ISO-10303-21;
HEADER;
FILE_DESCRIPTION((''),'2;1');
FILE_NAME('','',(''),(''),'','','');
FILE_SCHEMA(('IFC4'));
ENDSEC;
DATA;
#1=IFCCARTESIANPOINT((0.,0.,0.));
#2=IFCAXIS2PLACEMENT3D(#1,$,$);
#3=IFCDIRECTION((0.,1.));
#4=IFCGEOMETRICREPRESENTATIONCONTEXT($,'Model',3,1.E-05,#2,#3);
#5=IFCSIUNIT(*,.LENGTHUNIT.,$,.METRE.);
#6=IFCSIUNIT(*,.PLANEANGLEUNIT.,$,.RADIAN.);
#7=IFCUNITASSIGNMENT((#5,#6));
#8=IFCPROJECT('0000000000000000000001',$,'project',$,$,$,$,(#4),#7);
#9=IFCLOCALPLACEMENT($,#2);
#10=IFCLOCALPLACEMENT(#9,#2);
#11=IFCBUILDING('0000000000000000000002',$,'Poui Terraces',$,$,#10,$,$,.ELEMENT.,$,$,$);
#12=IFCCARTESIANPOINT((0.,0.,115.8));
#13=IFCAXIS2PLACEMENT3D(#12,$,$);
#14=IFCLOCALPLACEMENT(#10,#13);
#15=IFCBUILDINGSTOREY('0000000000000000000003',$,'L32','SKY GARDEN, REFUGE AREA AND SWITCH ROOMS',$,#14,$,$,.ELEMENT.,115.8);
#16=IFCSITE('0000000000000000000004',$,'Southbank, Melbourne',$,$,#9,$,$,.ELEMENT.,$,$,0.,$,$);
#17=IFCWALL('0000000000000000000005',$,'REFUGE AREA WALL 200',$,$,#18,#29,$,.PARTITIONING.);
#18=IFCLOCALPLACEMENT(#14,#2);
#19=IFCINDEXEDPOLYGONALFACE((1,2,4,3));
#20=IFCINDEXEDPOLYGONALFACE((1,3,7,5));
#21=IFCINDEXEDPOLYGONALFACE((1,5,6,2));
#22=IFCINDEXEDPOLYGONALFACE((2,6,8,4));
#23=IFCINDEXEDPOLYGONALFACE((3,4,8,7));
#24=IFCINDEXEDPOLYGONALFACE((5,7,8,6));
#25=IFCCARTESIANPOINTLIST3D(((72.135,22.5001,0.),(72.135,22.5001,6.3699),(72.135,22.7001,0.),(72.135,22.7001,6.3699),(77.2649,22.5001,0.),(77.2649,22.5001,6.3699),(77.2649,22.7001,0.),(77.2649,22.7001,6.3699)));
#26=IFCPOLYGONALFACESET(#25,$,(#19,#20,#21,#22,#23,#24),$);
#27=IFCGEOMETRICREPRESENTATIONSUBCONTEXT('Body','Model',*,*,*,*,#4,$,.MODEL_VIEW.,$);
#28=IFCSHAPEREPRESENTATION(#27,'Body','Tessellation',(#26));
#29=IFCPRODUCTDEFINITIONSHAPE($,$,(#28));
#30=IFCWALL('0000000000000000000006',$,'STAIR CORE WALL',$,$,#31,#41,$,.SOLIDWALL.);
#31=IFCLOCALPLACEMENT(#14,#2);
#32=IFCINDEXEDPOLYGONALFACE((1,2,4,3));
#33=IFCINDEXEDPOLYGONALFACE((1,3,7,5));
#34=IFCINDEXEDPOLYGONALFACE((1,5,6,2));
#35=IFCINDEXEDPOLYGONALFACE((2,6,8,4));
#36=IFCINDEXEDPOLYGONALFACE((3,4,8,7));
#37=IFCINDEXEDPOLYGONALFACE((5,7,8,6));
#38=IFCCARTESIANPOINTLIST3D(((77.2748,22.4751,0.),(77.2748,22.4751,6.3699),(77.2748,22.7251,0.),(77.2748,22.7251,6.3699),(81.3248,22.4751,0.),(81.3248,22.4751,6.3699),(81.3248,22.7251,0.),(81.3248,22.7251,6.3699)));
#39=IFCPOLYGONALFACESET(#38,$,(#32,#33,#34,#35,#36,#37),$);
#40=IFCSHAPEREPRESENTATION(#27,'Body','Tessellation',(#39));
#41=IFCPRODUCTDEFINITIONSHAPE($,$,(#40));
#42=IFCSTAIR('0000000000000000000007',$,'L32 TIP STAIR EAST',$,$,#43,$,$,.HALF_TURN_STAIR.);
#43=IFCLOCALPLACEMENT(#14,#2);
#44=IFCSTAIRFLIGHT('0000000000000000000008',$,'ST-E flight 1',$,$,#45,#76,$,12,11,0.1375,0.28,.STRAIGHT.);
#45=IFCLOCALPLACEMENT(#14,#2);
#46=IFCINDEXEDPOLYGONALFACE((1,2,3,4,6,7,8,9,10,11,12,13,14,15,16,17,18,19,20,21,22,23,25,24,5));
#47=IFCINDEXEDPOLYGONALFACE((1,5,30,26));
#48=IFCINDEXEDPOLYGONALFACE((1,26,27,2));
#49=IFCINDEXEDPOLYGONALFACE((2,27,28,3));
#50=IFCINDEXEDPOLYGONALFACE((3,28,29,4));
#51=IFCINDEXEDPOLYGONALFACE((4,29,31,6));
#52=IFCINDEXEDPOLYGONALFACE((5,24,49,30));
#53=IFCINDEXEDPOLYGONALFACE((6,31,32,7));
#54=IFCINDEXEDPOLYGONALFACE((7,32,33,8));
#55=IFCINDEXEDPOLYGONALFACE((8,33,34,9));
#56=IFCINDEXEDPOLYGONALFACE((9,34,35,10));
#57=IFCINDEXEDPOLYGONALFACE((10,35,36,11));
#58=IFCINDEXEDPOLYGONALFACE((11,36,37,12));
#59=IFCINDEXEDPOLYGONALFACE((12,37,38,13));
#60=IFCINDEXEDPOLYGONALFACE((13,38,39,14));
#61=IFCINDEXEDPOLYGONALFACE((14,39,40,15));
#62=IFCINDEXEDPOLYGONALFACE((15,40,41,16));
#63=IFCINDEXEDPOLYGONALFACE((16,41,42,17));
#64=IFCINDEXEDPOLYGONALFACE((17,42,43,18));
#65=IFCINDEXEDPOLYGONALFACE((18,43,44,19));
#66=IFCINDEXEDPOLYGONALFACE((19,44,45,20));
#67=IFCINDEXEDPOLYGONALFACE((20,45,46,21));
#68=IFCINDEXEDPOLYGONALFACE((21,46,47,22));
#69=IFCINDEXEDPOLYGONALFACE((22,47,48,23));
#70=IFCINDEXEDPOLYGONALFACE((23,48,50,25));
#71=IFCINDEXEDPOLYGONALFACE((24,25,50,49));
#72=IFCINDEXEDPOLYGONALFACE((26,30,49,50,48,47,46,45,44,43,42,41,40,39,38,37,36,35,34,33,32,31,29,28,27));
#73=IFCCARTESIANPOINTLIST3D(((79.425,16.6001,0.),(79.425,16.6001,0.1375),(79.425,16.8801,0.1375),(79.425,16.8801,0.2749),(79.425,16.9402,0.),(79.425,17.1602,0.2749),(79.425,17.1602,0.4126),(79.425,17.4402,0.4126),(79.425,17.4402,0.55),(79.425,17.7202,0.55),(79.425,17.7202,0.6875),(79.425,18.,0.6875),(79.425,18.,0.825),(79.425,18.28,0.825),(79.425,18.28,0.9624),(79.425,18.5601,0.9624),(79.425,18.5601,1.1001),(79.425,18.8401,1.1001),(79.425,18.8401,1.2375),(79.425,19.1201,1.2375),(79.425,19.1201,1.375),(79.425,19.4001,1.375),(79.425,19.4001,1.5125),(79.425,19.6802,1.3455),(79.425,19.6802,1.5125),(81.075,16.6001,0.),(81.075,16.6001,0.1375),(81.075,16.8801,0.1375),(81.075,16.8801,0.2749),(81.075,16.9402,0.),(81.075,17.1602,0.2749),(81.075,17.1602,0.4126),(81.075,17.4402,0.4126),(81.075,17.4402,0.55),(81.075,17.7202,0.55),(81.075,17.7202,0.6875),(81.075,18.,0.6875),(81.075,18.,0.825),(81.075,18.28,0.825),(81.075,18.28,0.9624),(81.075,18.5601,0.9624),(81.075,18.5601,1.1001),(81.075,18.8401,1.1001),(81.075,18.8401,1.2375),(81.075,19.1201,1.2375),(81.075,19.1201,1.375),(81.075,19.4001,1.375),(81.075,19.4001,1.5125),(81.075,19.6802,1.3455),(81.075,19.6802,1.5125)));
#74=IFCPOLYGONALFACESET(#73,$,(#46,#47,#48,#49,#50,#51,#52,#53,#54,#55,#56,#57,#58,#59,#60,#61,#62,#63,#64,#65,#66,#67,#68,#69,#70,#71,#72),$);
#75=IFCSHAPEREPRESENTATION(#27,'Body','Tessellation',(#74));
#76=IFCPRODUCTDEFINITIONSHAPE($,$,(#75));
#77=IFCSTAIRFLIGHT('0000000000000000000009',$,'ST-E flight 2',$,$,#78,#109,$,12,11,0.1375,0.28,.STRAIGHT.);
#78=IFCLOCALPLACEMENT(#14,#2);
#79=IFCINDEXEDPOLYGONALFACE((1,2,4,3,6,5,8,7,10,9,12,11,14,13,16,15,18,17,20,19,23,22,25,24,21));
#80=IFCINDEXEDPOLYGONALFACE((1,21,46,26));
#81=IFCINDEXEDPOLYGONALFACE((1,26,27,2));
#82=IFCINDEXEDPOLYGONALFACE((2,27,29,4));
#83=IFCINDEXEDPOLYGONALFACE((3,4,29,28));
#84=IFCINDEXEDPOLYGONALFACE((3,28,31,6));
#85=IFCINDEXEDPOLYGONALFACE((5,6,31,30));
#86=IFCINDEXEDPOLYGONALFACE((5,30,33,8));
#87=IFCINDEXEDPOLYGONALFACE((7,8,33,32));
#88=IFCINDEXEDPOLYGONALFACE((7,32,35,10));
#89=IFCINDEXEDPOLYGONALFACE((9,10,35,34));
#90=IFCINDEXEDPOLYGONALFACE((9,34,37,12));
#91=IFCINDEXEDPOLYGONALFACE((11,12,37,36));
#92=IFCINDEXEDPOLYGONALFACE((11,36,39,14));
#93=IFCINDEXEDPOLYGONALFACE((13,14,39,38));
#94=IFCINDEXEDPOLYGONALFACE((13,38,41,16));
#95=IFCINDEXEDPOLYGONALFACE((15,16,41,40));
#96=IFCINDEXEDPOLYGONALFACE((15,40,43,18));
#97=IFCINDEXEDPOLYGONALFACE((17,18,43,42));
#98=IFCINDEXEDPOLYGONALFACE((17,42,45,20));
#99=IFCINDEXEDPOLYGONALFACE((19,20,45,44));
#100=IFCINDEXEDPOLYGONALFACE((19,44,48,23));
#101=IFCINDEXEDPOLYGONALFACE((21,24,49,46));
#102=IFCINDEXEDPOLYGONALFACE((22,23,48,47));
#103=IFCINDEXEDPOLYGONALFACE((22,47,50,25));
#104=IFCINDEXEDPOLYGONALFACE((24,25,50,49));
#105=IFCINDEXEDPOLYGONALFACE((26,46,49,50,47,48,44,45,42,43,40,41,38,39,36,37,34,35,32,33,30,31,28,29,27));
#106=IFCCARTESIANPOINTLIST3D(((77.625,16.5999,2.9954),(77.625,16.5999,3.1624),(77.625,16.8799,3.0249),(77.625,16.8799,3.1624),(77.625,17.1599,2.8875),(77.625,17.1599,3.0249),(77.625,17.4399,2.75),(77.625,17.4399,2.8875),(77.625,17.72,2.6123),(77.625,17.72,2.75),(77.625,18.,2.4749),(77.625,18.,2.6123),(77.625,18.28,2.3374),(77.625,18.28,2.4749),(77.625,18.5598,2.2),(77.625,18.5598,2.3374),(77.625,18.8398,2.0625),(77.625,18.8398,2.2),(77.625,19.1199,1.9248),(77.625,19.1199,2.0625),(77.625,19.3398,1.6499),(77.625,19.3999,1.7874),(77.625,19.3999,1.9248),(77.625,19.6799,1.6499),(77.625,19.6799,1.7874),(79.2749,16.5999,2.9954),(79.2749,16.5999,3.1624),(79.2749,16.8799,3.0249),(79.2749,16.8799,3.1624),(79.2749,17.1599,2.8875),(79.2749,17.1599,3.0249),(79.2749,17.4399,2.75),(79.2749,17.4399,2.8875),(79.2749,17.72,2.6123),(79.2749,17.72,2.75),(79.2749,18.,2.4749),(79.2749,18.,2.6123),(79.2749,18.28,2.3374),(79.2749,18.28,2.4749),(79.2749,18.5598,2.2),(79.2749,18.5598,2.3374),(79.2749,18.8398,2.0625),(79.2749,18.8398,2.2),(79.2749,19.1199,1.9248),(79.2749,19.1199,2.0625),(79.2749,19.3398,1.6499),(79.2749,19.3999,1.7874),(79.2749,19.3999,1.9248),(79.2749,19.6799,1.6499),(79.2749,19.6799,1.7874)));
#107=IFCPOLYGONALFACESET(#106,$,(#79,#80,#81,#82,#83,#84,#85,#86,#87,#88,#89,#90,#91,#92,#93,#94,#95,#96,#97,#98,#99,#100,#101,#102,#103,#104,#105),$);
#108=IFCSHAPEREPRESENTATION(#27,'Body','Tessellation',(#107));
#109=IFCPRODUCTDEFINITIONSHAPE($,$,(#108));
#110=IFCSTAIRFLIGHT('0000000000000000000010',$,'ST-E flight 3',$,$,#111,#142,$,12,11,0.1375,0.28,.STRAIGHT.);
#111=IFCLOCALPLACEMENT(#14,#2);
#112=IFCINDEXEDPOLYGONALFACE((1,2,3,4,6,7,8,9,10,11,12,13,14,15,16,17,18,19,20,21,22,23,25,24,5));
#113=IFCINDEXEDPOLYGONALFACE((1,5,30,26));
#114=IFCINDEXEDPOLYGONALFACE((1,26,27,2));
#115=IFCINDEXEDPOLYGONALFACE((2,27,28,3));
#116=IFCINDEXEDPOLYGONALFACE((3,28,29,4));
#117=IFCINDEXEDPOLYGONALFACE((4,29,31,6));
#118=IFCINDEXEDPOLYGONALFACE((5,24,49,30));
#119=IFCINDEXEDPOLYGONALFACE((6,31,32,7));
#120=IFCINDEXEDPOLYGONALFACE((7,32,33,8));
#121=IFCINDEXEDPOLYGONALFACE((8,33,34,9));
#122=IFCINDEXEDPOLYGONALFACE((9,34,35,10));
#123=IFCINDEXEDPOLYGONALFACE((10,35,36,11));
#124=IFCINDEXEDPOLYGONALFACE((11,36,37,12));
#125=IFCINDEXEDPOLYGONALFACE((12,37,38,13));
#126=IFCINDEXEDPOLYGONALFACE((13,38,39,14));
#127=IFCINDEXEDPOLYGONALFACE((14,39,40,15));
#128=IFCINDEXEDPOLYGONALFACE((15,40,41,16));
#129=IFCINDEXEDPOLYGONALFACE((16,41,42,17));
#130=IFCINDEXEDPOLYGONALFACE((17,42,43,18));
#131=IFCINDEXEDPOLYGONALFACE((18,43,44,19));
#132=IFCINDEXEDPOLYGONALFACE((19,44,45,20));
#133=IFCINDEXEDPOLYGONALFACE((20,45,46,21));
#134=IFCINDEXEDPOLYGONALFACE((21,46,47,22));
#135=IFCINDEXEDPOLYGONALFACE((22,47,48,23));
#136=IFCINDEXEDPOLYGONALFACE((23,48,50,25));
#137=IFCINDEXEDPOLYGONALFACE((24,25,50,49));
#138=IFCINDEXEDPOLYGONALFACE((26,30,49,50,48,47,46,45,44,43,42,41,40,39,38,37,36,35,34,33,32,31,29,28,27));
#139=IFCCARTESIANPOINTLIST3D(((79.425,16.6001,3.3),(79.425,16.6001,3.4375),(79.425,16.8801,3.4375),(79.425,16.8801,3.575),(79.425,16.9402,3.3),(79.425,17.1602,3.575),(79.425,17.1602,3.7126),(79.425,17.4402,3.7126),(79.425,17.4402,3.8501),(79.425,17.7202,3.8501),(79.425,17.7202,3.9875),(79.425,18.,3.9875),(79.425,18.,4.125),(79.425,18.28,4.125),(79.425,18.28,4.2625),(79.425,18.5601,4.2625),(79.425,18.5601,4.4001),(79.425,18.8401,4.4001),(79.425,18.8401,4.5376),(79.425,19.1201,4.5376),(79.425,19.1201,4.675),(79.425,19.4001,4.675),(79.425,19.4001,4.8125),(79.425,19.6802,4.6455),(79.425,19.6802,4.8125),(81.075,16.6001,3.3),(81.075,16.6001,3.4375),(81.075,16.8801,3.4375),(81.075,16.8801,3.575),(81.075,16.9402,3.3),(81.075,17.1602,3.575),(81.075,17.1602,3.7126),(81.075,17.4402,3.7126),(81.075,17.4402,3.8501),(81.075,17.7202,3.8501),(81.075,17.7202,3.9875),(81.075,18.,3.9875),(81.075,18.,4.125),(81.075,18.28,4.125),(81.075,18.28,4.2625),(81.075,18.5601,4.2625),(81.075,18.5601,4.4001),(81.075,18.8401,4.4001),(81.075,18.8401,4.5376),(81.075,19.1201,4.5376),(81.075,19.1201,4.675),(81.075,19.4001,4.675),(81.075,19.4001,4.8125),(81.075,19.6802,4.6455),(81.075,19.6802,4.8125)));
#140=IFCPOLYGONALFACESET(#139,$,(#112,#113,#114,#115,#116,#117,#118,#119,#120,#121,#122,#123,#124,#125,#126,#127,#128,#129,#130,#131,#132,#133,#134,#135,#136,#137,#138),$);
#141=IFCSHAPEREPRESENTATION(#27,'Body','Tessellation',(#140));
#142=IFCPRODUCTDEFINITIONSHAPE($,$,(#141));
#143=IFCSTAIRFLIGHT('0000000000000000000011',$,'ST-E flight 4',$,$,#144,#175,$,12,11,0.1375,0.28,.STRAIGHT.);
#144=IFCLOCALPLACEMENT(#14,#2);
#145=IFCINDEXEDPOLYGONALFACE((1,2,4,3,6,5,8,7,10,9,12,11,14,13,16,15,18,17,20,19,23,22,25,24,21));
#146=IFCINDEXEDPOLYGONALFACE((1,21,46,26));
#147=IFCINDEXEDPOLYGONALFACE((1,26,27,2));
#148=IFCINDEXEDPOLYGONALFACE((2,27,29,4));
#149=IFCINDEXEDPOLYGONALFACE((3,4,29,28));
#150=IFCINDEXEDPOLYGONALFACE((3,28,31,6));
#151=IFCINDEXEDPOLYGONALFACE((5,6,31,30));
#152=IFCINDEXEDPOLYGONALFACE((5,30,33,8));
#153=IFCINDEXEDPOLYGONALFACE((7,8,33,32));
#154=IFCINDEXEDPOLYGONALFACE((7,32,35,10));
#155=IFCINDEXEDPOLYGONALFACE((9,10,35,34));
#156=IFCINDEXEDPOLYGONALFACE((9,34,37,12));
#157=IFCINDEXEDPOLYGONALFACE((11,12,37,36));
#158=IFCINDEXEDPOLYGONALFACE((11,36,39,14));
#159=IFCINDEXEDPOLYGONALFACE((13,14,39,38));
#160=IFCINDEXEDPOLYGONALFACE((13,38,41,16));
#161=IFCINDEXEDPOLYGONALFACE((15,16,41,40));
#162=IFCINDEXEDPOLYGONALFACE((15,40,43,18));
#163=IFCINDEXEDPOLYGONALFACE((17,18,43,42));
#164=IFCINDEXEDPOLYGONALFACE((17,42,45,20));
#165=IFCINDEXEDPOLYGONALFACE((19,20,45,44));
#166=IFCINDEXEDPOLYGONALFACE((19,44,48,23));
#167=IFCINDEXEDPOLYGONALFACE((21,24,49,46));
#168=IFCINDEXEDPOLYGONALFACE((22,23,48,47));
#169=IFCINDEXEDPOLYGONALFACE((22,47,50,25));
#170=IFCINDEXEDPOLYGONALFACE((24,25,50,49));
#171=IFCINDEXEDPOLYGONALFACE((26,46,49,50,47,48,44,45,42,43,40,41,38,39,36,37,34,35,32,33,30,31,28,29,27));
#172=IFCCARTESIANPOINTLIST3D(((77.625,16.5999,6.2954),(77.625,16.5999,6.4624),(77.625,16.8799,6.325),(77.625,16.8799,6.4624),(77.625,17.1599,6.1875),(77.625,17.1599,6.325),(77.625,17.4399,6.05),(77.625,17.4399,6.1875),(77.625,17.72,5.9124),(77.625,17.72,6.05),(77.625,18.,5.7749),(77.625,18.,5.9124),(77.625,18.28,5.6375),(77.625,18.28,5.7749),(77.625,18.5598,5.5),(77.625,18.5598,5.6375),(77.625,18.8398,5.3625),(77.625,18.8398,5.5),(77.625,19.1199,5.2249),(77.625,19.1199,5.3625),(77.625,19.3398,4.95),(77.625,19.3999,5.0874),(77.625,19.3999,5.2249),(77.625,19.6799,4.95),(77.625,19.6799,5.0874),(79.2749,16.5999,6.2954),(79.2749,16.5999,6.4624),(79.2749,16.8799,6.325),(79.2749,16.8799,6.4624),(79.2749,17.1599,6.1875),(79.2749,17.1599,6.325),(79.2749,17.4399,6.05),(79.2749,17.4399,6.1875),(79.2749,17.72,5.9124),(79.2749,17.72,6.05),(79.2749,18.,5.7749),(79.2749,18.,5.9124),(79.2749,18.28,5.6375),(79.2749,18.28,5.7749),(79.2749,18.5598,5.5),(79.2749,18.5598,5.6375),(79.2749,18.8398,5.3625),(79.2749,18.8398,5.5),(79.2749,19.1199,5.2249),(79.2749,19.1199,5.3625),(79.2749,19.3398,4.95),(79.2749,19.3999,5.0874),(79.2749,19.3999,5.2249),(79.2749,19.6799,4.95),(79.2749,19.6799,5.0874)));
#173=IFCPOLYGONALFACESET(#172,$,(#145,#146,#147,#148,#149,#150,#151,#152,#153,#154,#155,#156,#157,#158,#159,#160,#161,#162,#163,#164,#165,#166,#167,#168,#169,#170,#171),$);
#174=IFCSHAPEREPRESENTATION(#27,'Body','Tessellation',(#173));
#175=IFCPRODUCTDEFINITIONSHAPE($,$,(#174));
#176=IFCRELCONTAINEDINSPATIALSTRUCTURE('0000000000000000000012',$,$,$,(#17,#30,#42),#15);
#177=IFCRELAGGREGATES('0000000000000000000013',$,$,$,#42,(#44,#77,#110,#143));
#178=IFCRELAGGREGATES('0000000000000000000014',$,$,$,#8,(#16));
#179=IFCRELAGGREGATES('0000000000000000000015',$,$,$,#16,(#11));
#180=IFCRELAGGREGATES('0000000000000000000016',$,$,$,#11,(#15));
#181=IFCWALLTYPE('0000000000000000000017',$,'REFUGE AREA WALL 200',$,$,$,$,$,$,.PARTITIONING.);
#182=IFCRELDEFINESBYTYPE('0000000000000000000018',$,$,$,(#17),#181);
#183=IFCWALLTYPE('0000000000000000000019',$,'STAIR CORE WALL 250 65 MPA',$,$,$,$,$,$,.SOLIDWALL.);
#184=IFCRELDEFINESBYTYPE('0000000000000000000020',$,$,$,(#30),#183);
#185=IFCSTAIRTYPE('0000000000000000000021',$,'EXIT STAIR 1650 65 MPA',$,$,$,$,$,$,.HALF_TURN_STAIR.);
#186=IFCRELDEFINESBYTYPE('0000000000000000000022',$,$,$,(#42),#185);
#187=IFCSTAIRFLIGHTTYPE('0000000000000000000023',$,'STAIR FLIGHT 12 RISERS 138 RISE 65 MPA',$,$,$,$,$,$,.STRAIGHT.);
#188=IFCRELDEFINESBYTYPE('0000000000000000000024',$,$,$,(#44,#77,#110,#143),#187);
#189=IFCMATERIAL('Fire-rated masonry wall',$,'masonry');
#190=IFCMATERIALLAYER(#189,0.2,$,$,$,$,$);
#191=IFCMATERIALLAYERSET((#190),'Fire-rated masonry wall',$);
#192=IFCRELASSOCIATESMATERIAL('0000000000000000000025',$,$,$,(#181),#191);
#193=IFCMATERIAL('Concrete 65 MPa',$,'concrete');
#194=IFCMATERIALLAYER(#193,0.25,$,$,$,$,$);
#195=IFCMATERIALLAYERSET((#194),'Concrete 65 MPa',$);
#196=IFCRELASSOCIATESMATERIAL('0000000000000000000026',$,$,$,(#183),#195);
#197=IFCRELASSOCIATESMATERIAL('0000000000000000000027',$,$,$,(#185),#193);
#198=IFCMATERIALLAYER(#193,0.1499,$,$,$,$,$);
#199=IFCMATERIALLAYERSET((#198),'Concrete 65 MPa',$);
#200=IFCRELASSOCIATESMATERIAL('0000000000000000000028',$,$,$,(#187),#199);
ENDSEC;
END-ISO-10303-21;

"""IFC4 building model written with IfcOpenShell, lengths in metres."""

from ifc_helpers import new_model, si_unit, direction, frame, frame_2d, origin, place, context, subcontext, project, spatial, polyline, rectangle, outline, extrude, material, layer, layer_set, type_object, element, aggregate, save


model = new_model("IFC4")

# Units and contexts
model_context = context("Model", 3, precision=1e-05, world=origin(), true_north=direction((0.0, 1.0)))
body_context = subcontext(model_context, "Body", "Model", "MODEL_VIEW")
ifc_project = project(units=[si_unit("LENGTHUNIT", "METRE"), si_unit("PLANEANGLEUNIT", "RADIAN")], contexts=[model_context])

# Site, building, storey
site_placement = place(None, origin())
site = spatial("IfcSite", under=ifc_project, at=site_placement, Name="Southbank, Melbourne", CompositionType="ELEMENT", RefElevation=0.0)
building_placement = place(site_placement, origin())
building = spatial("IfcBuilding", under=site, at=building_placement, Name="Poui Terraces", CompositionType="ELEMENT")
storey_placement = place(building_placement, frame((0.0, 0.0, 115.8)))
storey = spatial("IfcBuildingStorey", under=building, at=storey_placement, Name="L32", Description="SKY GARDEN, REFUGE AREA AND SWITCH ROOMS", CompositionType="ELEMENT", Elevation=115.8)

# Walls
ifc_material_1 = material(Name="Fire-rated masonry wall", Category="masonry")
ifc_layer_1 = layer(ifc_material_1, 0.2)
ifc_layer_set_1 = layer_set([ifc_layer_1], Name="Fire-rated masonry wall")
wall_type_1 = type_object("IfcWallType", Name="REFUGE AREA WALL 200", PredefinedType="PARTITIONING", material=ifc_layer_set_1)
wall_1_placement = place(storey_placement, frame((72.135, 22.6001, 0.0), z_axis=(0.0, 0.0, 1.0), x_axis=(1.0, 0.0, 0.0)))
element("IfcWall", 1, at=wall_1_placement, inside=storey, type_object=wall_type_1, Name="REFUGE AREA WALL 200", PredefinedType="PARTITIONING", context=body_context, shape_type="SweptSolid", body=[
    extrude(rectangle(XDim=5.1299, YDim=0.2, at=frame_2d((2.5649, 0.0))), origin(), (0.0, 0.0, 1.0), 6.3699),
])
ifc_material_2 = material(Name="Concrete 65 MPa", Category="concrete")
ifc_layer_2 = layer(ifc_material_2, 0.25)
ifc_layer_set_2 = layer_set([ifc_layer_2], Name="Concrete 65 MPa")
wall_type_2 = type_object("IfcWallType", Name="STAIR CORE WALL 250 65 MPA", PredefinedType="SOLIDWALL", material=ifc_layer_set_2)
wall_2_placement = place(storey_placement, frame((77.2749, 22.6001, 0.0), z_axis=(0.0, 0.0, 1.0), x_axis=(1.0, 0.0, 0.0)))
element("IfcWall", 2, at=wall_2_placement, inside=storey, type_object=wall_type_2, Name="STAIR CORE WALL", PredefinedType="SOLIDWALL", context=body_context, shape_type="SweptSolid", body=[
    extrude(rectangle(XDim=4.05, YDim=0.25, at=frame_2d((2.0249, 0.0))), origin(), (0.0, 0.0, 1.0), 6.3699),
])

# Stair, stair flights
stair_type = type_object("IfcStairType", Name="EXIT STAIR 1650 65 MPA", PredefinedType="HALF_TURN_STAIR", material=ifc_material_2)
stair_placement = place(storey_placement, origin())
stair = element("IfcStair", 3, at=stair_placement, inside=storey, type_object=stair_type, Name="L32 TIP STAIR EAST", PredefinedType="HALF_TURN_STAIR")
ifc_layer_3 = layer(ifc_material_2, 0.1499)
ifc_layer_set_3 = layer_set([ifc_layer_3], Name="Concrete 65 MPa")
stair_flight_type = type_object("IfcStairFlightType", Name="STAIR FLIGHT 12 RISERS 138 RISE 65 MPA", PredefinedType="STRAIGHT", material=ifc_layer_set_3)
stair_flight_1_placement = place(storey_placement, frame((80.25, 16.6001, 0.0), z_axis=(0.0, 0.0, 1.0), x_axis=(0.0, 1.0, 0.0)))
stair_flight_1 = element("IfcStairFlight", 4, at=stair_flight_1_placement, type_object=stair_flight_type, Name="ST-E flight 1", NumberOfRisers=12, NumberOfTreads=11, PredefinedType="STRAIGHT", RiserHeight=0.1375, TreadLength=0.28, context=body_context, shape_type="SweptSolid", body=[
    extrude(outline(polyline([(0.0, 0.0), (0.0, 0.1375), (0.28, 0.1375), (0.28, 0.2749), (0.5601, 0.2749), (0.5601, 0.4126), (0.8401, 0.4126), (0.8401, 0.55), (1.1201, 0.55), (1.1201, 0.6875), (1.3999, 0.6875), (1.3999, 0.825), (1.6799, 0.825), (1.6799, 0.9624), (1.96, 0.9624), (1.96, 1.1001), (2.24, 1.1001), (2.24, 1.2375), (2.52, 1.2375), (2.52, 1.375), (2.8, 1.375), (2.8, 1.5125), (3.0801, 1.5125), (3.0801, 1.6499), (3.0801, 1.3455), (0.3401, 0.0), (0.0, 0.0)])), frame((0.0, 0.825, 0.0), z_axis=(0.0, -1.0, 0.0), x_axis=(1.0, 0.0, 0.0)), (0.0, 0.0, 1.0), 1.6499),
])
stair_flight_2_placement = place(storey_placement, frame((78.45, 19.6799, 1.6499), z_axis=(0.0, 0.0, 1.0), x_axis=(0.0, -1.0, 0.0)))
stair_flight_2 = element("IfcStairFlight", 5, at=stair_flight_2_placement, type_object=stair_flight_type, Name="ST-E flight 2", NumberOfRisers=12, NumberOfTreads=11, PredefinedType="STRAIGHT", RiserHeight=0.1375, TreadLength=0.28, context=body_context, shape_type="SweptSolid", body=[
    extrude(outline(polyline([(0.0, 0.0), (0.0, 0.1375), (0.28, 0.1375), (0.28, 0.2749), (0.5601, 0.2749), (0.5601, 0.4126), (0.8401, 0.4126), (0.8401, 0.55), (1.1201, 0.55), (1.1201, 0.6875), (1.3999, 0.6875), (1.3999, 0.825), (1.6799, 0.825), (1.6799, 0.9624), (1.96, 0.9624), (1.96, 1.1001), (2.24, 1.1001), (2.24, 1.2375), (2.52, 1.2375), (2.52, 1.375), (2.8, 1.375), (2.8, 1.5125), (3.0801, 1.5125), (3.0801, 1.6499), (3.0801, 1.3455), (0.3401, 0.0), (0.0, 0.0)])), frame((0.0, 0.825, 0.0), z_axis=(0.0, -1.0, 0.0), x_axis=(1.0, 0.0, 0.0)), (0.0, 0.0, 1.0), 1.6499),
])
stair_flight_3_placement = place(storey_placement, frame((80.25, 16.6001, 3.3), z_axis=(0.0, 0.0, 1.0), x_axis=(0.0, 1.0, 0.0)))
stair_flight_3 = element("IfcStairFlight", 6, at=stair_flight_3_placement, type_object=stair_flight_type, Name="ST-E flight 3", NumberOfRisers=12, NumberOfTreads=11, PredefinedType="STRAIGHT", RiserHeight=0.1375, TreadLength=0.28, context=body_context, shape_type="SweptSolid", body=[
    extrude(outline(polyline([(0.0, 0.0), (0.0, 0.1375), (0.28, 0.1375), (0.28, 0.2749), (0.5601, 0.2749), (0.5601, 0.4126), (0.8401, 0.4126), (0.8401, 0.55), (1.1201, 0.55), (1.1201, 0.6875), (1.3999, 0.6875), (1.3999, 0.825), (1.6799, 0.825), (1.6799, 0.9624), (1.96, 0.9624), (1.96, 1.1001), (2.24, 1.1001), (2.24, 1.2375), (2.52, 1.2375), (2.52, 1.375), (2.8, 1.375), (2.8, 1.5125), (3.0801, 1.5125), (3.0801, 1.6499), (3.0801, 1.3455), (0.3401, 0.0), (0.0, 0.0)])), frame((0.0, 0.825, 0.0), z_axis=(0.0, -1.0, 0.0), x_axis=(1.0, 0.0, 0.0)), (0.0, 0.0, 1.0), 1.6499),
])
stair_flight_4_placement = place(storey_placement, frame((78.45, 19.6799, 4.95), z_axis=(0.0, 0.0, 1.0), x_axis=(0.0, -1.0, 0.0)))
stair_flight_4 = element("IfcStairFlight", 7, at=stair_flight_4_placement, type_object=stair_flight_type, Name="ST-E flight 4", NumberOfRisers=12, NumberOfTreads=11, PredefinedType="STRAIGHT", RiserHeight=0.1375, TreadLength=0.28, context=body_context, shape_type="SweptSolid", body=[
    extrude(outline(polyline([(0.0, 0.0), (0.0, 0.1375), (0.28, 0.1375), (0.28, 0.2749), (0.5601, 0.2749), (0.5601, 0.4126), (0.8401, 0.4126), (0.8401, 0.55), (1.1201, 0.55), (1.1201, 0.6875), (1.3999, 0.6875), (1.3999, 0.825), (1.6799, 0.825), (1.6799, 0.9624), (1.96, 0.9624), (1.96, 1.1001), (2.24, 1.1001), (2.24, 1.2375), (2.52, 1.2375), (2.52, 1.375), (2.8, 1.375), (2.8, 1.5125), (3.0801, 1.5125), (3.0801, 1.6499), (3.0801, 1.3455), (0.3401, 0.0), (0.0, 0.0)])), frame((0.0, 0.825, 0.0), z_axis=(0.0, -1.0, 0.0), x_axis=(1.0, 0.0, 0.0)), (0.0, 0.0, 1.0), 1.6499),
])
aggregate(stair, [stair_flight_1, stair_flight_2, stair_flight_3, stair_flight_4])

save(model, "model.ifc")
